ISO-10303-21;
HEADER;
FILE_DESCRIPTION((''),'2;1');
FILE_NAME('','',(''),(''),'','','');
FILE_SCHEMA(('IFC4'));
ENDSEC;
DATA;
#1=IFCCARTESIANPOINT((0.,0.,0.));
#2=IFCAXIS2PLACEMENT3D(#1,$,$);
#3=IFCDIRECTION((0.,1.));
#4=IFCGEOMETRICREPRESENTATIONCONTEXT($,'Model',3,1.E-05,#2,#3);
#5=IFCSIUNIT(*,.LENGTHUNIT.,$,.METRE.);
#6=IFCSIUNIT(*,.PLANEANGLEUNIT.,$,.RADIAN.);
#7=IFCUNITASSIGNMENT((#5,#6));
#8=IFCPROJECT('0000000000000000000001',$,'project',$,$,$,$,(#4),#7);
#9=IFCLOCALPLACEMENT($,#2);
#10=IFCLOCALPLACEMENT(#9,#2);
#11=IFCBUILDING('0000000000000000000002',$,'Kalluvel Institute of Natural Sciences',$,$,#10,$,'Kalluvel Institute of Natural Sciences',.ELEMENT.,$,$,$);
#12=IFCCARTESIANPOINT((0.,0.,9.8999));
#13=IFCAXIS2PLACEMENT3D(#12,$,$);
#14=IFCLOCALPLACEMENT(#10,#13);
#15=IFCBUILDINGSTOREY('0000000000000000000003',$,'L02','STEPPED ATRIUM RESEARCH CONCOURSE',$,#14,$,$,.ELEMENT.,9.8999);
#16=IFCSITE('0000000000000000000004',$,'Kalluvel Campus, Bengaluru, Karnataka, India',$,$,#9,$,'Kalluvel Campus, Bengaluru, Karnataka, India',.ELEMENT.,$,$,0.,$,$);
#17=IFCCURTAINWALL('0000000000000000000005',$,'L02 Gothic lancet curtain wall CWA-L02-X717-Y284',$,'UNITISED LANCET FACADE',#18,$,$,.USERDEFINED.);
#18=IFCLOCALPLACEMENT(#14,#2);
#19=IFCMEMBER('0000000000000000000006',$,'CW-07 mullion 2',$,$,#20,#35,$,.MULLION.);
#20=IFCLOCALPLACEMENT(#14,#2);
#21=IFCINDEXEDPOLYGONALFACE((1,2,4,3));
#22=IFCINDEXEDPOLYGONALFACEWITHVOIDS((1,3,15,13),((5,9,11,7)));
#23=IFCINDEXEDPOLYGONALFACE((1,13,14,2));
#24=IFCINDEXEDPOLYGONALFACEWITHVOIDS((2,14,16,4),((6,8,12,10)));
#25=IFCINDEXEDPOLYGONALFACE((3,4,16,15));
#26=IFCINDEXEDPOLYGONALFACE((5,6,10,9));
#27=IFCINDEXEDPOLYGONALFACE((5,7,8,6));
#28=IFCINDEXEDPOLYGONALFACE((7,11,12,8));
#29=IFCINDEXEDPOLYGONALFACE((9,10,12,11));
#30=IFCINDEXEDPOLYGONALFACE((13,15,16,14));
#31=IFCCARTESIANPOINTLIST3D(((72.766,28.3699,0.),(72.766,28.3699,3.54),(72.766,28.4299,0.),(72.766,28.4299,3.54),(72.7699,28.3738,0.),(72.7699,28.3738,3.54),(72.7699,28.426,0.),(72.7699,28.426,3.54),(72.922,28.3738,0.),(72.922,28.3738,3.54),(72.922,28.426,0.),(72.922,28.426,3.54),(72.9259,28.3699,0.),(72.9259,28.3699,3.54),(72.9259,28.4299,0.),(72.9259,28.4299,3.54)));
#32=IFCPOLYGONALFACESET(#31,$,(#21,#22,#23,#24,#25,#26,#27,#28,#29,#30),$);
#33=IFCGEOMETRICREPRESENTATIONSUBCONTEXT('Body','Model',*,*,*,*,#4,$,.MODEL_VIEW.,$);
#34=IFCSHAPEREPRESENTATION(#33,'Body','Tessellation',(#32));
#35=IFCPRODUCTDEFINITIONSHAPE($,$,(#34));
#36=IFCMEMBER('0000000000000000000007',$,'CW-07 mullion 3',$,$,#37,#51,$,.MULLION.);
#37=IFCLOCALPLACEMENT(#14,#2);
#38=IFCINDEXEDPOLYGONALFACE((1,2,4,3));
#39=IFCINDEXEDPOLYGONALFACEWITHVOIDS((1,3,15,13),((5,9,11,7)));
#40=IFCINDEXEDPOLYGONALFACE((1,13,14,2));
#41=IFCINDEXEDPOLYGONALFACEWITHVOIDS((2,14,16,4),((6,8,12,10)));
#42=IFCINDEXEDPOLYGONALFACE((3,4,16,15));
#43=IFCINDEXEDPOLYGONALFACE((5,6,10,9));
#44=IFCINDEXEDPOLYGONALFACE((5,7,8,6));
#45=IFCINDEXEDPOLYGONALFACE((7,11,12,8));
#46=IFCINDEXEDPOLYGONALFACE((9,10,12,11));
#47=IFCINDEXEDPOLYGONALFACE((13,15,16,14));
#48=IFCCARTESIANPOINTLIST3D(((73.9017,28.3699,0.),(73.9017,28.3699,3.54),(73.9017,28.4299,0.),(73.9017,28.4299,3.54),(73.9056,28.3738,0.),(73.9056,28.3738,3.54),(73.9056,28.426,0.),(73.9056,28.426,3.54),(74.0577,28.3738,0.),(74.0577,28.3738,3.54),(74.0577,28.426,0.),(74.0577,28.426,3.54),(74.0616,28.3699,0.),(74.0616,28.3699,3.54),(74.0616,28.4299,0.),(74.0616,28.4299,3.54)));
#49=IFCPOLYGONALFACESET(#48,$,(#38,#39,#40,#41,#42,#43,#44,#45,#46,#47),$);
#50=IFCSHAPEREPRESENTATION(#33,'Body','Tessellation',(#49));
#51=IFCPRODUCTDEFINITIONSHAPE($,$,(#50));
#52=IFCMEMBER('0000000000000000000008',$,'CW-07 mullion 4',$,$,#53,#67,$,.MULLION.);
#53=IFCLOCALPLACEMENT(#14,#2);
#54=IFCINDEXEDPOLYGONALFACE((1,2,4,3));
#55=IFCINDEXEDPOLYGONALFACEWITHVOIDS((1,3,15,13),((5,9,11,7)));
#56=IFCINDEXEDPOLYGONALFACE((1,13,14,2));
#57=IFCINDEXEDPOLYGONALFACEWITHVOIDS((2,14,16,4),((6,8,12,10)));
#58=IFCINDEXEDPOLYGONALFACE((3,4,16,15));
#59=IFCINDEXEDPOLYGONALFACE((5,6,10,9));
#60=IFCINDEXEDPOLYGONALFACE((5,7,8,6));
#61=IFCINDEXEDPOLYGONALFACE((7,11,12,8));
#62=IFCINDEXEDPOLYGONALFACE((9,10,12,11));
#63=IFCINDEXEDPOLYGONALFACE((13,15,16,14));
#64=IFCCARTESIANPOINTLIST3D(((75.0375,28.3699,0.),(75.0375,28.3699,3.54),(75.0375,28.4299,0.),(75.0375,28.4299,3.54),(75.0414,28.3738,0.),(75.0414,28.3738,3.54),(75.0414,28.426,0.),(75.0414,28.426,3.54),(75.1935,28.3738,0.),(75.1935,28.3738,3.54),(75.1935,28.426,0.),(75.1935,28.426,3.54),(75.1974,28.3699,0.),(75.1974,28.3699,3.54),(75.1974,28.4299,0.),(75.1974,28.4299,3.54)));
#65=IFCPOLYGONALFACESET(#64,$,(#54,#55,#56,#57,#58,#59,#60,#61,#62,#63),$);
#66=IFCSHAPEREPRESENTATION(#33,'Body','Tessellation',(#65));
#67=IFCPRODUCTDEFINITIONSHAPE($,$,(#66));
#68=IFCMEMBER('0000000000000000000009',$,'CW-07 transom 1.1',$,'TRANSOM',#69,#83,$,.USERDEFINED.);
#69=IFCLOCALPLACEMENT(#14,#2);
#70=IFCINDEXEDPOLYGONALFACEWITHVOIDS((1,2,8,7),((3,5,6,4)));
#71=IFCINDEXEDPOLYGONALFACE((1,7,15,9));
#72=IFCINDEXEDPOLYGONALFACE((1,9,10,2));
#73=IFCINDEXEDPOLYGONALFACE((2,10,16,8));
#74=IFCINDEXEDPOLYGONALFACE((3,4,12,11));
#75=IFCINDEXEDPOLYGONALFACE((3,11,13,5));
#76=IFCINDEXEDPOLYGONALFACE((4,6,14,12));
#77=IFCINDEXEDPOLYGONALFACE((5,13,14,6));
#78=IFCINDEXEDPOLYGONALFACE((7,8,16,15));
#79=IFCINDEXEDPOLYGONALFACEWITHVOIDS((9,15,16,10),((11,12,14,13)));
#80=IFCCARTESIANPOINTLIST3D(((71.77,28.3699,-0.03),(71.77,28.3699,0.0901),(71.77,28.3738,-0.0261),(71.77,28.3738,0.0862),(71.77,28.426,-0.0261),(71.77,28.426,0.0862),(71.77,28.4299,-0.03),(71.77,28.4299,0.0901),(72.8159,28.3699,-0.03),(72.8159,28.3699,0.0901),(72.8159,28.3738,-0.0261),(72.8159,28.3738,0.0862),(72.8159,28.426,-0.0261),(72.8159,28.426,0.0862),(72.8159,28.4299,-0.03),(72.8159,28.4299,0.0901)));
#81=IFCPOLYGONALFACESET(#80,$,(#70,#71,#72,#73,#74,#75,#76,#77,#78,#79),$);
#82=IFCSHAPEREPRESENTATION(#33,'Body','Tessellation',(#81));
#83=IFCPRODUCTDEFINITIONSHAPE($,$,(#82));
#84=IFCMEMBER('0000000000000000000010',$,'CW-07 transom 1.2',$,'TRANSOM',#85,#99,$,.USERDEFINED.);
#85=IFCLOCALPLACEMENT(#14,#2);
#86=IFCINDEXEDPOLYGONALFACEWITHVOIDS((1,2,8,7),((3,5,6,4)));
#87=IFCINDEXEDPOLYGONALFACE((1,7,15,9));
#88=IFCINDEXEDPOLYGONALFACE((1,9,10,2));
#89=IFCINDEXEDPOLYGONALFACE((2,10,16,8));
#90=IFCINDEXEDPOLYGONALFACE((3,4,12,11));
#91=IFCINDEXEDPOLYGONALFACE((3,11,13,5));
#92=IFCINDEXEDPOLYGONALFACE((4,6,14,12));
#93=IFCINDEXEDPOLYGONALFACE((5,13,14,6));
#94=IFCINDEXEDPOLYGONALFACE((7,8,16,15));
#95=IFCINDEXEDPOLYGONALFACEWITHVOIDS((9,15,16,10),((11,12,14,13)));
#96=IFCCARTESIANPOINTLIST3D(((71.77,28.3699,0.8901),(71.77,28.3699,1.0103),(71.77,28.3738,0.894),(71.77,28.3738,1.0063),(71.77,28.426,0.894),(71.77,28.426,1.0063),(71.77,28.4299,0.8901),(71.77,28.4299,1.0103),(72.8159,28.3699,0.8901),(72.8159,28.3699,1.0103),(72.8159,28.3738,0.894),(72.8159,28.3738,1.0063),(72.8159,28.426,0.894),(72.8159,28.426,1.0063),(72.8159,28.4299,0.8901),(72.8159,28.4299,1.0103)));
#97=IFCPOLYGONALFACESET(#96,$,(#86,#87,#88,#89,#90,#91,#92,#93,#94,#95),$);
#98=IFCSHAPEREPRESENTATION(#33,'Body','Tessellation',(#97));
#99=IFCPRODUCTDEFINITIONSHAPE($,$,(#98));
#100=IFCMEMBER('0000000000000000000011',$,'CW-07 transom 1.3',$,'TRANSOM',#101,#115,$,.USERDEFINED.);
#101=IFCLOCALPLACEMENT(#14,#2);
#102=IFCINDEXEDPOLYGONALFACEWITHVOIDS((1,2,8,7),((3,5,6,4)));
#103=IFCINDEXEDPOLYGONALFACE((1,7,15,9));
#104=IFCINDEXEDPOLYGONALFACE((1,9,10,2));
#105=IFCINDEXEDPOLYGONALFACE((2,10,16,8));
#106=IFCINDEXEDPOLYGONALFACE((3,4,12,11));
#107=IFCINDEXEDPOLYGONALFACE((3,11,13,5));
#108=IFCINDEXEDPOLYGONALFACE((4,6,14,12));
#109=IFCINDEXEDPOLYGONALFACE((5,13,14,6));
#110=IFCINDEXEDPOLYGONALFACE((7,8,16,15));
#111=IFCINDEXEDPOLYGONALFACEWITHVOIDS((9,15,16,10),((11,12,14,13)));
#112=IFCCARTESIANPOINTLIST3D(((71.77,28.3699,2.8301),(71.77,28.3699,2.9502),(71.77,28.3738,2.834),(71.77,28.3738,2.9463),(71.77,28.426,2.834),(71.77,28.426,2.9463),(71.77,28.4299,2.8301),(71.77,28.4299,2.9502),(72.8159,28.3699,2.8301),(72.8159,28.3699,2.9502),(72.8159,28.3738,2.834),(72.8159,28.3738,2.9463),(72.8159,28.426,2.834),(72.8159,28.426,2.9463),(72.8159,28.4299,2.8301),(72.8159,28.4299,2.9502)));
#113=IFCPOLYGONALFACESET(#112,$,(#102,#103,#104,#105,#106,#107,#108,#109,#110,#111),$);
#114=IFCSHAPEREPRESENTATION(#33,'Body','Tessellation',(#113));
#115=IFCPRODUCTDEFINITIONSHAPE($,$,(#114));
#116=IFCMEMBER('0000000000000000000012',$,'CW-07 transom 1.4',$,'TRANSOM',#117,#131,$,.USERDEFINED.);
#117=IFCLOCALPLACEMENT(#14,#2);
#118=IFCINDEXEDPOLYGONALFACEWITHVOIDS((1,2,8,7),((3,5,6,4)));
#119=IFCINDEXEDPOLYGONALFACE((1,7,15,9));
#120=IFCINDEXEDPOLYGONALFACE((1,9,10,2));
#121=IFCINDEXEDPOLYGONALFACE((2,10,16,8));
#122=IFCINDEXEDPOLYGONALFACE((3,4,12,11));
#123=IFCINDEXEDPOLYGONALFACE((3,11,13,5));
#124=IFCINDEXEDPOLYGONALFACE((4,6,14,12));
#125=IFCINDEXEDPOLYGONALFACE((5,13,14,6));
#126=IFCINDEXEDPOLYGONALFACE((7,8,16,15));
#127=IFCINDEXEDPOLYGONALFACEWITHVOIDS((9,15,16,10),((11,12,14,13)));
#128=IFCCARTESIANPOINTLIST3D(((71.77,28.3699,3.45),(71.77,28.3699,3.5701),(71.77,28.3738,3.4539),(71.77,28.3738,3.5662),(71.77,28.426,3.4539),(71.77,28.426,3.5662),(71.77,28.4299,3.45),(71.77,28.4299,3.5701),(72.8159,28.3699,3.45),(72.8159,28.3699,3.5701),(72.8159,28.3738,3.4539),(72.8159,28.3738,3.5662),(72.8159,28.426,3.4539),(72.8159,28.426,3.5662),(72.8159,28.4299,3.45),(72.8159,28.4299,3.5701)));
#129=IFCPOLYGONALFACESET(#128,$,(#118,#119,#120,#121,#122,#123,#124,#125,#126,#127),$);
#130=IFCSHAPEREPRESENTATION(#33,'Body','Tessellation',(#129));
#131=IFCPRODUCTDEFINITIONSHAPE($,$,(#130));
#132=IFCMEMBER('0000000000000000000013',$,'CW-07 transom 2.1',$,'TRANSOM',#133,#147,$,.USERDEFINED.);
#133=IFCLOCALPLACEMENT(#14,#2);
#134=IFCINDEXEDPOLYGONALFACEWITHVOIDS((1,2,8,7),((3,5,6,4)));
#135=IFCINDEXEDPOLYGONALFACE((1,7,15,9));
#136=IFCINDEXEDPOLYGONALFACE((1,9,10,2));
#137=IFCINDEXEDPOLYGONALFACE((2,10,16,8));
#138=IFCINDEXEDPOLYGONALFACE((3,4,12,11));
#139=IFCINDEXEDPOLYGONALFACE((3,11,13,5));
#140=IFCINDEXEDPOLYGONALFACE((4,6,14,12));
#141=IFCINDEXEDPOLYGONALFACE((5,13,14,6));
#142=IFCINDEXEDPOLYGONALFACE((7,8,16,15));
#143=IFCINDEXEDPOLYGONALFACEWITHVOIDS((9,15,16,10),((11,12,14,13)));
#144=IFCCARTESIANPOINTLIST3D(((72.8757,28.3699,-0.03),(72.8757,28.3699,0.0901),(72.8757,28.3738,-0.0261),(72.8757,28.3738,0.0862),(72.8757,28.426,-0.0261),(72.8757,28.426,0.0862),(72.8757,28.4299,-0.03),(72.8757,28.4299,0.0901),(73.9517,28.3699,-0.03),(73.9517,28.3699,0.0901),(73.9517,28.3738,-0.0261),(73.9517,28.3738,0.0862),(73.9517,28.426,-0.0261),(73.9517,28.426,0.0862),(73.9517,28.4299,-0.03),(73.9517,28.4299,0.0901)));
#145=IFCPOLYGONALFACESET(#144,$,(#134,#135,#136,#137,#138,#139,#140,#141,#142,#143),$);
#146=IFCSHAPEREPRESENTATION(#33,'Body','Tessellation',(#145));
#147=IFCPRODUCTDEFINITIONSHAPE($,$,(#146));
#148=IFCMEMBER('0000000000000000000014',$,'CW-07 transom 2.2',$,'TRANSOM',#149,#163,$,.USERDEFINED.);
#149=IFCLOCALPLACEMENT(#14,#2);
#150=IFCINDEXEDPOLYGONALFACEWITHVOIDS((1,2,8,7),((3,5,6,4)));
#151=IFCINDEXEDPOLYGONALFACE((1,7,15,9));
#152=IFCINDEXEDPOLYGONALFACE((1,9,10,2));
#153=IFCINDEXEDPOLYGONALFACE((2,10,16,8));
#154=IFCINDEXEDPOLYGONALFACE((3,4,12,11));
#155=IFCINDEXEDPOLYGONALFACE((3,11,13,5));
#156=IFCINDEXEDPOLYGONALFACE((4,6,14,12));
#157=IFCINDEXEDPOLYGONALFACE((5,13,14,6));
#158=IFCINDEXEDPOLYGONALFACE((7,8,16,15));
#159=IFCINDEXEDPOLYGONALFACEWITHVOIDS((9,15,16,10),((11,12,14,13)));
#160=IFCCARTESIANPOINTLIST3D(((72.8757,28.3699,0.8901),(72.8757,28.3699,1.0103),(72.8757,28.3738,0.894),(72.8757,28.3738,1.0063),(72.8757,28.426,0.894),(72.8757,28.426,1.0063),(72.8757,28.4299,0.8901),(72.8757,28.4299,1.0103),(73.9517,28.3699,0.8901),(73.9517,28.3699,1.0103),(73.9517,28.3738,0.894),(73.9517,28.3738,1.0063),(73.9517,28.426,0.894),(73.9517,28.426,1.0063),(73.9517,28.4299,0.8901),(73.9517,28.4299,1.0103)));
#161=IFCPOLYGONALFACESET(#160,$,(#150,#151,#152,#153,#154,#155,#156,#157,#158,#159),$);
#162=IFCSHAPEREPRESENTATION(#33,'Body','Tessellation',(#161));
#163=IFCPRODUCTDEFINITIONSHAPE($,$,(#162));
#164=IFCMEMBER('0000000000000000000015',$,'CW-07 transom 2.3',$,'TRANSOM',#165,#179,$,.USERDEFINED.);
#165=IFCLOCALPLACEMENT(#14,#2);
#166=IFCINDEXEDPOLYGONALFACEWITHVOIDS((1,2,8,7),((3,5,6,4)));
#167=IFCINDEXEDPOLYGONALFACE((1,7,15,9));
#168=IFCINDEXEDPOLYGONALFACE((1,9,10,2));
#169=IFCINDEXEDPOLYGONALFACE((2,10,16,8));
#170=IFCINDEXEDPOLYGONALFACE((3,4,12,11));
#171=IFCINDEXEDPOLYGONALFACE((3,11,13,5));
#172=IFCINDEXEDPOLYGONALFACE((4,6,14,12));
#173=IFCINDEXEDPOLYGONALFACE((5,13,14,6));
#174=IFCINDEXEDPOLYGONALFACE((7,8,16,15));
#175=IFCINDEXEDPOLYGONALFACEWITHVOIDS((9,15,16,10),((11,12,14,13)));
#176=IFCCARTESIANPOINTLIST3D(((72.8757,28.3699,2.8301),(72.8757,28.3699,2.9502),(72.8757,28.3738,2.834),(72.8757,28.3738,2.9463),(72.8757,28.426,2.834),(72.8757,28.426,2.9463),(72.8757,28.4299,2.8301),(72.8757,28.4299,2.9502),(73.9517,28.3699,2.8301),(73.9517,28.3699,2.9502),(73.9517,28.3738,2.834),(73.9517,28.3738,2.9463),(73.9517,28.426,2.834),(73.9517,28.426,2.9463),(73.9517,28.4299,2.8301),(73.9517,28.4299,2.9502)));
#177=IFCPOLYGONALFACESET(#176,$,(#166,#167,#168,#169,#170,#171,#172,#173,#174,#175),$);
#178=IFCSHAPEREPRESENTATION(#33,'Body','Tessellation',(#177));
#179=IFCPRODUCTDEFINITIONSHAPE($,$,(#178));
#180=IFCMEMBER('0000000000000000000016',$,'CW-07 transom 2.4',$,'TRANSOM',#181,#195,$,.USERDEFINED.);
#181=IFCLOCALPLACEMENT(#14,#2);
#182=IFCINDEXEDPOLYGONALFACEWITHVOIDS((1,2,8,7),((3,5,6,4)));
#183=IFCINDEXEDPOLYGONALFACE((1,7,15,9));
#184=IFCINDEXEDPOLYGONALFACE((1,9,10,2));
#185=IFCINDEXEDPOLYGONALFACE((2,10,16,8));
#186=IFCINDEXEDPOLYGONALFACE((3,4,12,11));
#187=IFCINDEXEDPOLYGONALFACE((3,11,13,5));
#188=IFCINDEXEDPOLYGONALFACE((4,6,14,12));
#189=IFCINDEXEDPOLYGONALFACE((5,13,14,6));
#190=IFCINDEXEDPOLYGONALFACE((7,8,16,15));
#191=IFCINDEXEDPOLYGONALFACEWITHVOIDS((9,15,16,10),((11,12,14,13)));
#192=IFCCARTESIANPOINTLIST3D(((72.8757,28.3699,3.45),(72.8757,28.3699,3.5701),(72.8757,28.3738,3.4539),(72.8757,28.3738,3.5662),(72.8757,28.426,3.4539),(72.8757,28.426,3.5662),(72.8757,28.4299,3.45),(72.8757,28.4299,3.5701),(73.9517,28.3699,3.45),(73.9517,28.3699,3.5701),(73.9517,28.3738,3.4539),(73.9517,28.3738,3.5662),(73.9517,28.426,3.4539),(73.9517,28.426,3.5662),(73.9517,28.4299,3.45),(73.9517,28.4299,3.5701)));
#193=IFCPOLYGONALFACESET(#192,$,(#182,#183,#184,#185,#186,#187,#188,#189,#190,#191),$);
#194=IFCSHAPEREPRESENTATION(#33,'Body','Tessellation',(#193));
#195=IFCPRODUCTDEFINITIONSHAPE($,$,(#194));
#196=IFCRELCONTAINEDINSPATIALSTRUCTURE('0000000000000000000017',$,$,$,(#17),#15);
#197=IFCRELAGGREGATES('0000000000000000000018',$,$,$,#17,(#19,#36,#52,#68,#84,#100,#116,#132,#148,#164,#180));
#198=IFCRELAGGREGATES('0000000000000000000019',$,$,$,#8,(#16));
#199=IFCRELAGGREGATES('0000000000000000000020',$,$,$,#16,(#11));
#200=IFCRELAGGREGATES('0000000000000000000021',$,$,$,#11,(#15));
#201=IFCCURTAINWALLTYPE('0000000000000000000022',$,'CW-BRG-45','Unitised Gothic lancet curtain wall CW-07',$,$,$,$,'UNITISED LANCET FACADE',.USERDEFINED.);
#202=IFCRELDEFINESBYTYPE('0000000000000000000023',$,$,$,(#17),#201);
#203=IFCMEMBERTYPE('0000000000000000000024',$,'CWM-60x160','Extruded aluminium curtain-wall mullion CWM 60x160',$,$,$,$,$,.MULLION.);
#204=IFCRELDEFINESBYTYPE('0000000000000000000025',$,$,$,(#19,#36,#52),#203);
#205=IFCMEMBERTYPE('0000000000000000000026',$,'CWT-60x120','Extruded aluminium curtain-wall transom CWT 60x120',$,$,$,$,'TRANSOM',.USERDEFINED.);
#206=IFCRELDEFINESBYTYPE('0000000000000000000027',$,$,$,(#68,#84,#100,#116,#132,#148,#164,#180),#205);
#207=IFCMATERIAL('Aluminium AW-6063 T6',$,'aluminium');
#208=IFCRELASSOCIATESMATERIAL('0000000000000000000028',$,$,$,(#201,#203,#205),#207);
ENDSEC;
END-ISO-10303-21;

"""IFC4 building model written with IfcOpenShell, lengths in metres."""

from ifc_helpers import new_model, si_unit, direction, frame, origin, origin_2d, place, context, subcontext, project, spatial, hollow_rectangle, extrude, material, material_profile, profile_set, type_object, element, aggregate, save


model = new_model("IFC4")

# Units and contexts
model_context = context("Model", 3, precision=1e-05, world=origin(), true_north=direction((0.0, 1.0)))
body_context = subcontext(model_context, "Body", "Model", "MODEL_VIEW")
ifc_project = project(units=[si_unit("LENGTHUNIT", "METRE"), si_unit("PLANEANGLEUNIT", "RADIAN")], contexts=[model_context])

# Site, building, storey
site_placement = place(None, origin())
site = spatial("IfcSite", under=ifc_project, at=site_placement, Name="Kalluvel Campus, Bengaluru, Karnataka, India", LongName="Kalluvel Campus, Bengaluru, Karnataka, India", CompositionType="ELEMENT", RefElevation=0.0)
building_placement = place(site_placement, origin())
building = spatial("IfcBuilding", under=site, at=building_placement, Name="Kalluvel Institute of Natural Sciences", LongName="Kalluvel Institute of Natural Sciences", CompositionType="ELEMENT")
storey_placement = place(building_placement, frame((0.0, 0.0, 9.8999)))
storey = spatial("IfcBuildingStorey", under=building, at=storey_placement, Name="L02", Description="STEPPED ATRIUM RESEARCH CONCOURSE", CompositionType="ELEMENT", Elevation=9.8999)

# Curtain wall, members
ifc_material_1 = material(Name="Aluminium AW-6063 T6", Category="aluminium")
curtain_wall_type = type_object("IfcCurtainWallType", Name="CW-BRG-45", Description="Unitised Gothic lancet curtain wall CW-07", ElementType="UNITISED LANCET FACADE", PredefinedType="USERDEFINED", material=ifc_material_1)
curtain_wall_placement = place(storey_placement, origin())
curtain_wall = element("IfcCurtainWall", 1, at=curtain_wall_placement, inside=storey, type_object=curtain_wall_type, Name="L02 Gothic lancet curtain wall CWA-L02-X717-Y284", ObjectType="UNITISED LANCET FACADE", PredefinedType="USERDEFINED")
ifc_material_profile_1 = material_profile(ifc_material_1, hollow_rectangle(XDim=0.0601, YDim=0.1599, WallThickness=0.0039, at=origin_2d()), Name="CWM 60x160")
ifc_profile_set_1 = profile_set([ifc_material_profile_1], Name="Aluminium AW-6063 T6")
member_type_1 = type_object("IfcMemberType", Name="CWM-60x160", Description="Extruded aluminium curtain-wall mullion CWM 60x160", PredefinedType="MULLION", material=ifc_profile_set_1)
member_1_placement = place(storey_placement, frame((72.8459, 28.3999, 0.0), z_axis=(0.0, 0.0, 1.0), x_axis=(0.0, 1.0, 0.0)))
member_1 = element("IfcMember", 2, at=member_1_placement, type_object=member_type_1, Name="CW-07 mullion 2", PredefinedType="MULLION", context=body_context, shape_type="SweptSolid", body=[
    extrude(hollow_rectangle(XDim=0.0601, YDim=0.1599, WallThickness=0.0039, at=origin_2d()), origin(), (0.0, 0.0, 1.0), 3.54),
])
member_2_placement = place(storey_placement, frame((73.9817, 28.3999, 0.0), z_axis=(0.0, 0.0, 1.0), x_axis=(0.0, 1.0, 0.0)))
member_2 = element("IfcMember", 3, at=member_2_placement, type_object=member_type_1, Name="CW-07 mullion 3", PredefinedType="MULLION", context=body_context, shape_type="SweptSolid", body=[
    extrude(hollow_rectangle(XDim=0.0601, YDim=0.1599, WallThickness=0.0039, at=origin_2d()), origin(), (0.0, 0.0, 1.0), 3.54),
])
member_3_placement = place(storey_placement, frame((75.1174, 28.3999, 0.0), z_axis=(0.0, 0.0, 1.0), x_axis=(0.0, 1.0, 0.0)))
member_3 = element("IfcMember", 4, at=member_3_placement, type_object=member_type_1, Name="CW-07 mullion 4", PredefinedType="MULLION", context=body_context, shape_type="SweptSolid", body=[
    extrude(hollow_rectangle(XDim=0.0601, YDim=0.1599, WallThickness=0.0039, at=origin_2d()), origin(), (0.0, 0.0, 1.0), 3.54),
])
ifc_material_profile_2 = material_profile(ifc_material_1, hollow_rectangle(XDim=0.0601, YDim=0.1201, WallThickness=0.0039, at=origin_2d()), Name="CWT 60x120")
ifc_profile_set_2 = profile_set([ifc_material_profile_2], Name="Aluminium AW-6063 T6")
member_type_2 = type_object("IfcMemberType", Name="CWT-60x120", Description="Extruded aluminium curtain-wall transom CWT 60x120", ElementType="TRANSOM", PredefinedType="USERDEFINED", material=ifc_profile_set_2)
member_4_placement = place(storey_placement, frame((71.77, 28.3999, 0.03), z_axis=(1.0, 0.0, 0.0), x_axis=(0.0, 1.0, 0.0)))
member_4 = element("IfcMember", 5, at=member_4_placement, type_object=member_type_2, Name="CW-07 transom 1.1", ObjectType="TRANSOM", PredefinedType="USERDEFINED", context=body_context, shape_type="SweptSolid", body=[
    extrude(hollow_rectangle(XDim=0.0601, YDim=0.1201, WallThickness=0.0039, at=origin_2d()), origin(), (0.0, 0.0, 1.0), 1.0459),
])
member_5_placement = place(storey_placement, frame((71.77, 28.3999, 0.9502), z_axis=(1.0, 0.0, 0.0), x_axis=(0.0, 1.0, 0.0)))
member_5 = element("IfcMember", 6, at=member_5_placement, type_object=member_type_2, Name="CW-07 transom 1.2", ObjectType="TRANSOM", PredefinedType="USERDEFINED", context=body_context, shape_type="SweptSolid", body=[
    extrude(hollow_rectangle(XDim=0.0601, YDim=0.1201, WallThickness=0.0039, at=origin_2d()), origin(), (0.0, 0.0, 1.0), 1.0459),
])
member_6_placement = place(storey_placement, frame((71.77, 28.3999, 2.8901), z_axis=(1.0, 0.0, 0.0), x_axis=(0.0, 1.0, 0.0)))
member_6 = element("IfcMember", 7, at=member_6_placement, type_object=member_type_2, Name="CW-07 transom 1.3", ObjectType="TRANSOM", PredefinedType="USERDEFINED", context=body_context, shape_type="SweptSolid", body=[
    extrude(hollow_rectangle(XDim=0.0601, YDim=0.1201, WallThickness=0.0039, at=origin_2d()), origin(), (0.0, 0.0, 1.0), 1.0459),
])
member_7_placement = place(storey_placement, frame((71.77, 28.3999, 3.51), z_axis=(1.0, 0.0, 0.0), x_axis=(0.0, 1.0, 0.0)))
member_7 = element("IfcMember", 8, at=member_7_placement, type_object=member_type_2, Name="CW-07 transom 1.4", ObjectType="TRANSOM", PredefinedType="USERDEFINED", context=body_context, shape_type="SweptSolid", body=[
    extrude(hollow_rectangle(XDim=0.0601, YDim=0.1201, WallThickness=0.0039, at=origin_2d()), origin(), (0.0, 0.0, 1.0), 1.0459),
])
member_8_placement = place(storey_placement, frame((72.8757, 28.3999, 0.03), z_axis=(1.0, 0.0, 0.0), x_axis=(0.0, 1.0, 0.0)))
member_8 = element("IfcMember", 9, at=member_8_placement, type_object=member_type_2, Name="CW-07 transom 2.1", ObjectType="TRANSOM", PredefinedType="USERDEFINED", context=body_context, shape_type="SweptSolid", body=[
    extrude(hollow_rectangle(XDim=0.0601, YDim=0.1201, WallThickness=0.0039, at=origin_2d()), origin(), (0.0, 0.0, 1.0), 1.0759),
])
member_9_placement = place(storey_placement, frame((72.8757, 28.3999, 0.9502), z_axis=(1.0, 0.0, 0.0), x_axis=(0.0, 1.0, 0.0)))
member_9 = element("IfcMember", 10, at=member_9_placement, type_object=member_type_2, Name="CW-07 transom 2.2", ObjectType="TRANSOM", PredefinedType="USERDEFINED", context=body_context, shape_type="SweptSolid", body=[
    extrude(hollow_rectangle(XDim=0.0601, YDim=0.1201, WallThickness=0.0039, at=origin_2d()), origin(), (0.0, 0.0, 1.0), 1.0759),
])
member_10_placement = place(storey_placement, frame((72.8757, 28.3999, 2.8901), z_axis=(1.0, 0.0, 0.0), x_axis=(0.0, 1.0, 0.0)))
member_10 = element("IfcMember", 11, at=member_10_placement, type_object=member_type_2, Name="CW-07 transom 2.3", ObjectType="TRANSOM", PredefinedType="USERDEFINED", context=body_context, shape_type="SweptSolid", body=[
    extrude(hollow_rectangle(XDim=0.0601, YDim=0.1201, WallThickness=0.0039, at=origin_2d()), origin(), (0.0, 0.0, 1.0), 1.0759),
])
member_11_placement = place(storey_placement, frame((72.8757, 28.3999, 3.51), z_axis=(1.0, 0.0, 0.0), x_axis=(0.0, 1.0, 0.0)))
member_11 = element("IfcMember", 12, at=member_11_placement, type_object=member_type_2, Name="CW-07 transom 2.4", ObjectType="TRANSOM", PredefinedType="USERDEFINED", context=body_context, shape_type="SweptSolid", body=[
    extrude(hollow_rectangle(XDim=0.0601, YDim=0.1201, WallThickness=0.0039, at=origin_2d()), origin(), (0.0, 0.0, 1.0), 1.0759),
])
aggregate(curtain_wall, [member_1, member_2, member_3, member_4, member_5, member_6, member_7, member_8, member_9, member_10, member_11])

save(model, "model.ifc")
